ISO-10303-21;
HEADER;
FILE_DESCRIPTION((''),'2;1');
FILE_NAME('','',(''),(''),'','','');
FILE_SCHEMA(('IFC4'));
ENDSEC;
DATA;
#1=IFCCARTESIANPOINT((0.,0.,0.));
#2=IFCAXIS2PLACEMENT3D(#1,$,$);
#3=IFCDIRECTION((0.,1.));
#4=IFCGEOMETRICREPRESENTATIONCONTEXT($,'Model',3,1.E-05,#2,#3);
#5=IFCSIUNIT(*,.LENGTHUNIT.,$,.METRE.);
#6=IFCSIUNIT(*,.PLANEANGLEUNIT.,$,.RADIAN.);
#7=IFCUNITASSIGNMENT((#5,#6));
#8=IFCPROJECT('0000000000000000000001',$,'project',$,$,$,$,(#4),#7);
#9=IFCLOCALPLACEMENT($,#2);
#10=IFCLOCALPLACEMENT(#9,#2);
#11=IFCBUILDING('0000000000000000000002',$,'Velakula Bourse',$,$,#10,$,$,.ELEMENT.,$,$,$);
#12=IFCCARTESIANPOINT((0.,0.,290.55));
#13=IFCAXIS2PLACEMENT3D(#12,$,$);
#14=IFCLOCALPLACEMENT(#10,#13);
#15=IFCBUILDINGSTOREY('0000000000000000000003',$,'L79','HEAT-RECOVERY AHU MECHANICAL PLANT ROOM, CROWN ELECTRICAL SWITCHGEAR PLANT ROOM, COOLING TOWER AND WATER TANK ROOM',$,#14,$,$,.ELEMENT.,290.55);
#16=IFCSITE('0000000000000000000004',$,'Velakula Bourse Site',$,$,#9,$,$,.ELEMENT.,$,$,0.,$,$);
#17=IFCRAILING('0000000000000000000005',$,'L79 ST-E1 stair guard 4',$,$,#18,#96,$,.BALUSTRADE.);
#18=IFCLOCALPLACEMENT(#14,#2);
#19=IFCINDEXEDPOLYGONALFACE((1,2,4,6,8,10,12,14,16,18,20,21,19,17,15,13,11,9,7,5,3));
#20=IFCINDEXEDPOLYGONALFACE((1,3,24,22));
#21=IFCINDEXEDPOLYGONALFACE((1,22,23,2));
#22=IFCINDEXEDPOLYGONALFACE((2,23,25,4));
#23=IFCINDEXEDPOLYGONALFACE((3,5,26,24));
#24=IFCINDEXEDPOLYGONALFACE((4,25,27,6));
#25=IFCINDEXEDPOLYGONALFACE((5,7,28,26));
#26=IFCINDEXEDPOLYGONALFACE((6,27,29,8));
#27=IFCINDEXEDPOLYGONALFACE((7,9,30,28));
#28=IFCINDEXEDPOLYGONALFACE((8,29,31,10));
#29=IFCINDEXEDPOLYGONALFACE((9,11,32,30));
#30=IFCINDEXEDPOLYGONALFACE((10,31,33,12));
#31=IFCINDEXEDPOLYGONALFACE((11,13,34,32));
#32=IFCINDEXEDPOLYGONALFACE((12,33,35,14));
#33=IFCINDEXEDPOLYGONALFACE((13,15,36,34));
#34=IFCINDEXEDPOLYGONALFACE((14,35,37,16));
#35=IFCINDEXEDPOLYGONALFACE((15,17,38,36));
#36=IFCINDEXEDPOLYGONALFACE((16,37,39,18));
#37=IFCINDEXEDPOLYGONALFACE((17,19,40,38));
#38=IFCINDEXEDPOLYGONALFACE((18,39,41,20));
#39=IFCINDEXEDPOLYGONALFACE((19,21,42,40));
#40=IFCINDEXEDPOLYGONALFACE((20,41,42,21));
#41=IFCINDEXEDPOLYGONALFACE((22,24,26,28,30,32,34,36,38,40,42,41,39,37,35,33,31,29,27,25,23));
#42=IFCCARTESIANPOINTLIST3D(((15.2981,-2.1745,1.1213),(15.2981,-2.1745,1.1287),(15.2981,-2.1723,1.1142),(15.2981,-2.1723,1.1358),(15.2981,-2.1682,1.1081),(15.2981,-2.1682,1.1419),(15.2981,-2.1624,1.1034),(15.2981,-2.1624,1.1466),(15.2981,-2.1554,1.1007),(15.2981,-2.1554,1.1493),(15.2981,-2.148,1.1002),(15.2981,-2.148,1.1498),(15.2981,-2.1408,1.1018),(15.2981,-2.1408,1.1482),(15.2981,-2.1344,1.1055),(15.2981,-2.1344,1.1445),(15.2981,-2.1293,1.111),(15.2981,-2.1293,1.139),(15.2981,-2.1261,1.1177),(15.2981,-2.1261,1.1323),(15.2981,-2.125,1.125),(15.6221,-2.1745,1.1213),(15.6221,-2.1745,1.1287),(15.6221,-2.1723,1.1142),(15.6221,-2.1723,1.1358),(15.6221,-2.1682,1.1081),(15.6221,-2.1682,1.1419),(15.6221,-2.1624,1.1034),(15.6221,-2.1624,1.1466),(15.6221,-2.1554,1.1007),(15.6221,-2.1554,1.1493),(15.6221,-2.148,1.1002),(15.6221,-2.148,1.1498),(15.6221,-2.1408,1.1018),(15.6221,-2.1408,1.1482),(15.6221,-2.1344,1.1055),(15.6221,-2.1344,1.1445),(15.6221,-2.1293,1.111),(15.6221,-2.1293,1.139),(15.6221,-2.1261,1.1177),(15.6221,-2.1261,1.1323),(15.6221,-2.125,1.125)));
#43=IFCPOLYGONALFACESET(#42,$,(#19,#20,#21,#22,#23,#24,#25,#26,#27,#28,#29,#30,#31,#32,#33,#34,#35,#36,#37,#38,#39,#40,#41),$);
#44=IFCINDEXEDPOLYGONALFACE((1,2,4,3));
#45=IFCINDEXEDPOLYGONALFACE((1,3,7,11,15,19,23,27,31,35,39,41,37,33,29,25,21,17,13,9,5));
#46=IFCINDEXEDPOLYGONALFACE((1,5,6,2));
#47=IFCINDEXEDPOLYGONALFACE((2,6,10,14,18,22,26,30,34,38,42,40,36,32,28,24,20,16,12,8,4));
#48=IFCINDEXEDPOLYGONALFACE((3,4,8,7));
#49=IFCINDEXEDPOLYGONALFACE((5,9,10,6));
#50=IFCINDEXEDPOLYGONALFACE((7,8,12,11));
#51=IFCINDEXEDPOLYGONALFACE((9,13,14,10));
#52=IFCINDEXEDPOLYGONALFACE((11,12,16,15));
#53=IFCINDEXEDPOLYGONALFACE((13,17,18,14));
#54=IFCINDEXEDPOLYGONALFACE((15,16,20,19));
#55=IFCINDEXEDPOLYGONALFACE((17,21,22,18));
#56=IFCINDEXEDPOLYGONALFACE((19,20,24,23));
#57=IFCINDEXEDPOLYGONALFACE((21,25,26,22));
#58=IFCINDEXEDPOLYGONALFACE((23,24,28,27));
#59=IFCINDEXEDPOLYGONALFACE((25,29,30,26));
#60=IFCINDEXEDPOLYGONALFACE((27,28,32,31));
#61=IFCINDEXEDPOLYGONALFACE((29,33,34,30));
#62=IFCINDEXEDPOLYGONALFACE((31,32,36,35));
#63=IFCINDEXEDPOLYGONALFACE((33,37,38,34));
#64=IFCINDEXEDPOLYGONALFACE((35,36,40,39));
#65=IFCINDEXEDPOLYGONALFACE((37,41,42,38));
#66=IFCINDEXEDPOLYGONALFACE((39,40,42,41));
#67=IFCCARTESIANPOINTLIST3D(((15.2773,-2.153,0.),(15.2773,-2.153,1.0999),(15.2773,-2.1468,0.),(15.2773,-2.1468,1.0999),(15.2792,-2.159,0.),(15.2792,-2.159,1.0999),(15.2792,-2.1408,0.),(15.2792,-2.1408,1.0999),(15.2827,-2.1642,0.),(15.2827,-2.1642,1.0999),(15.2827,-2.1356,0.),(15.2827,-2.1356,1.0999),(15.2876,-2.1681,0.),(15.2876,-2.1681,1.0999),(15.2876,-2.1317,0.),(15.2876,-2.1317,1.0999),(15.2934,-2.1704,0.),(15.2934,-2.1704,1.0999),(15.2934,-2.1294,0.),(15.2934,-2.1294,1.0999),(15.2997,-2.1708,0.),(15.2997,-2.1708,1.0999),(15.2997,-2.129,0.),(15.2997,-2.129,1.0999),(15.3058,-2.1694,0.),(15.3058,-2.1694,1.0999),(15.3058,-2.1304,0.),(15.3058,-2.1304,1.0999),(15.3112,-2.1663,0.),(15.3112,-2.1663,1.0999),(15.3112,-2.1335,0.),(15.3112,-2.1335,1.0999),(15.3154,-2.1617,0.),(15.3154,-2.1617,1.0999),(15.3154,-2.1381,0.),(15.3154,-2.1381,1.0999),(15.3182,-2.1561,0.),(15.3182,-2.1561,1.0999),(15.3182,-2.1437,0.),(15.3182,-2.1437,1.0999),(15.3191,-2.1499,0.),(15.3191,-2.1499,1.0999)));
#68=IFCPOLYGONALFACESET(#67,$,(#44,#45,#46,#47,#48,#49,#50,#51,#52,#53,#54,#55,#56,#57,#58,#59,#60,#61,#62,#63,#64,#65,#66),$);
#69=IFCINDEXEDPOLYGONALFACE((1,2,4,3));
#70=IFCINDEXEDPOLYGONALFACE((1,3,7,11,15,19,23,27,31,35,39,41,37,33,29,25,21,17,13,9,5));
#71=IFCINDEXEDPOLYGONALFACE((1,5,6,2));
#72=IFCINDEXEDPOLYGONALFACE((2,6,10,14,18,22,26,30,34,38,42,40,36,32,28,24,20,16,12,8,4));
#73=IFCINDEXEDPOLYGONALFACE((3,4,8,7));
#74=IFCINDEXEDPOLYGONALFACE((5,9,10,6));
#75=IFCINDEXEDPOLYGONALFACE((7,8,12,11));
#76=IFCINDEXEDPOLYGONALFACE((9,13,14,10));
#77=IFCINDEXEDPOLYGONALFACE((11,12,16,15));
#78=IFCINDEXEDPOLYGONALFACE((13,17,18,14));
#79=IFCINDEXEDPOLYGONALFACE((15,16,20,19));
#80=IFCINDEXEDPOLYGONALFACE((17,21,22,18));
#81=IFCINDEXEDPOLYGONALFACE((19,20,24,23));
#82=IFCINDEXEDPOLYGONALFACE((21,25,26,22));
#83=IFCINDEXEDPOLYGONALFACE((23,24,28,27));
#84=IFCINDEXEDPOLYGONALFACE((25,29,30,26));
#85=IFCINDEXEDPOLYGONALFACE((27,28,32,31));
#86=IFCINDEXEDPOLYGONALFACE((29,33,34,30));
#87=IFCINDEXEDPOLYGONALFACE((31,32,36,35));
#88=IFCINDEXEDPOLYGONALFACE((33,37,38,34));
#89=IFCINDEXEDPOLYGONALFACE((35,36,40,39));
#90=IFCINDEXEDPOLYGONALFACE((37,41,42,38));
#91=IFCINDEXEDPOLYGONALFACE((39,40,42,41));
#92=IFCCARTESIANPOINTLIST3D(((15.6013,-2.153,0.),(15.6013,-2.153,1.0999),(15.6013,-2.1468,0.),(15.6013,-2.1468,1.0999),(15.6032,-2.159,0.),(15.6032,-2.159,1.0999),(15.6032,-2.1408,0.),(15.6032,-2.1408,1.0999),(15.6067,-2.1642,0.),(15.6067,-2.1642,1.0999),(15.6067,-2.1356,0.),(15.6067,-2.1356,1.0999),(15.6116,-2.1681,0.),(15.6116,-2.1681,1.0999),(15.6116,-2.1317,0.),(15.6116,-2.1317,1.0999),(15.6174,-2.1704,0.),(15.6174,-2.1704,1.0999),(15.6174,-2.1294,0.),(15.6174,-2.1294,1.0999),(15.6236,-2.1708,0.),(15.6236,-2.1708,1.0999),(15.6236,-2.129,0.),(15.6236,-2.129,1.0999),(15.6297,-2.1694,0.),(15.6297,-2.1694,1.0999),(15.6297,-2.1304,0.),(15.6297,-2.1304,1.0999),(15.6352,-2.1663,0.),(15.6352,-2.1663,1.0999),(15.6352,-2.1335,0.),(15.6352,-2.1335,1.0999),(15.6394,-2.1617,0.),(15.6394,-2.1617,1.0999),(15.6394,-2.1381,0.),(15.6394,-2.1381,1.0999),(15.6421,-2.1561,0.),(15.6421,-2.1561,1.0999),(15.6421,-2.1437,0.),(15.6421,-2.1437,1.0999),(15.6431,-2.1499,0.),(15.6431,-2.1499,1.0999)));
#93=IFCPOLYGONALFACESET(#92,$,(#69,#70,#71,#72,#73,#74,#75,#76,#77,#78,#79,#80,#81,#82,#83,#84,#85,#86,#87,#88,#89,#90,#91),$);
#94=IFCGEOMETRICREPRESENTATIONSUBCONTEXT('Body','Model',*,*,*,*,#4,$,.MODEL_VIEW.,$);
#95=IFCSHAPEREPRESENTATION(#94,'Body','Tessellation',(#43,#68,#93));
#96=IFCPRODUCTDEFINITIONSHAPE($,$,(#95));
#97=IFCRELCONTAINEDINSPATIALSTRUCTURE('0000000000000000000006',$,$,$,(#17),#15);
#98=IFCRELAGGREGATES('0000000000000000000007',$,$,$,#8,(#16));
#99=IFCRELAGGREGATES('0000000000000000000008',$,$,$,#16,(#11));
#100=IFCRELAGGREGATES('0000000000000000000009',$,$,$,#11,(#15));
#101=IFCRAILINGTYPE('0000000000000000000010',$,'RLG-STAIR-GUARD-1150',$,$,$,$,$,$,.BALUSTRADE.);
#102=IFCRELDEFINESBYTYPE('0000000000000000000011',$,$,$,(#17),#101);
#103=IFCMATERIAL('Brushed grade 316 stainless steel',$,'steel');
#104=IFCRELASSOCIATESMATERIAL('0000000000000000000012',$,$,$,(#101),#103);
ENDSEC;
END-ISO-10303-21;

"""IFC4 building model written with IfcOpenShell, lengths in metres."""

from ifc_helpers import new_model, si_unit, direction, frame, origin, origin_2d, place, context, subcontext, project, spatial, circle, extrude, material, type_object, element, save


model = new_model("IFC4")

# Units and contexts
model_context = context("Model", 3, precision=1e-05, world=origin(), true_north=direction((0.0, 1.0)))
body_context = subcontext(model_context, "Body", "Model", "MODEL_VIEW")
ifc_project = project(units=[si_unit("LENGTHUNIT", "METRE"), si_unit("PLANEANGLEUNIT", "RADIAN")], contexts=[model_context])

# Site, building, storey
site_placement = place(None, origin())
site = spatial("IfcSite", under=ifc_project, at=site_placement, Name="Velakula Bourse Site", CompositionType="ELEMENT", RefElevation=0.0)
building_placement = place(site_placement, origin())
building = spatial("IfcBuilding", under=site, at=building_placement, Name="Velakula Bourse", CompositionType="ELEMENT")
storey_placement = place(building_placement, frame((0.0, 0.0, 290.55)))
storey = spatial("IfcBuildingStorey", under=building, at=storey_placement, Name="L79", Description="HEAT-RECOVERY AHU MECHANICAL PLANT ROOM, CROWN ELECTRICAL SWITCHGEAR PLANT ROOM, COOLING TOWER AND WATER TANK ROOM", CompositionType="ELEMENT", Elevation=290.55)

# Shared definitions
ifc_material_1 = material(Name="Brushed grade 316 stainless steel", Category="steel")

# Railing
railing_type_1 = type_object("IfcRailingType", Name="RLG-STAIR-GUARD-1150", PredefinedType="BALUSTRADE", material=ifc_material_1)
railing_1_placement = place(storey_placement, frame((15.2981, -2.1499, 0.0)))
element("IfcRailing", 1, at=railing_1_placement, inside=storey, type_object=railing_type_1, Name="L79 ST-E1 stair guard 4", PredefinedType="BALUSTRADE", context=body_context, shape_type="SweptSolid", body=[
    extrude(circle(Radius=0.0249, at=origin_2d()), frame((0.0, 0.0, 1.125), z_axis=(1.0, 0.0, 0.0), x_axis=(0.0, 1.0, 0.0)), (0.0, 0.0, 1.0), 0.324),
    extrude(circle(Radius=0.021, at=origin_2d()), origin(), (0.0, 0.0, 1.0), 1.0999),
    extrude(circle(Radius=0.021, at=origin_2d()), frame((0.324, 0.0, 0.0)), (0.0, 0.0, 1.0), 1.0999),
])

save(model, "model.ifc")
